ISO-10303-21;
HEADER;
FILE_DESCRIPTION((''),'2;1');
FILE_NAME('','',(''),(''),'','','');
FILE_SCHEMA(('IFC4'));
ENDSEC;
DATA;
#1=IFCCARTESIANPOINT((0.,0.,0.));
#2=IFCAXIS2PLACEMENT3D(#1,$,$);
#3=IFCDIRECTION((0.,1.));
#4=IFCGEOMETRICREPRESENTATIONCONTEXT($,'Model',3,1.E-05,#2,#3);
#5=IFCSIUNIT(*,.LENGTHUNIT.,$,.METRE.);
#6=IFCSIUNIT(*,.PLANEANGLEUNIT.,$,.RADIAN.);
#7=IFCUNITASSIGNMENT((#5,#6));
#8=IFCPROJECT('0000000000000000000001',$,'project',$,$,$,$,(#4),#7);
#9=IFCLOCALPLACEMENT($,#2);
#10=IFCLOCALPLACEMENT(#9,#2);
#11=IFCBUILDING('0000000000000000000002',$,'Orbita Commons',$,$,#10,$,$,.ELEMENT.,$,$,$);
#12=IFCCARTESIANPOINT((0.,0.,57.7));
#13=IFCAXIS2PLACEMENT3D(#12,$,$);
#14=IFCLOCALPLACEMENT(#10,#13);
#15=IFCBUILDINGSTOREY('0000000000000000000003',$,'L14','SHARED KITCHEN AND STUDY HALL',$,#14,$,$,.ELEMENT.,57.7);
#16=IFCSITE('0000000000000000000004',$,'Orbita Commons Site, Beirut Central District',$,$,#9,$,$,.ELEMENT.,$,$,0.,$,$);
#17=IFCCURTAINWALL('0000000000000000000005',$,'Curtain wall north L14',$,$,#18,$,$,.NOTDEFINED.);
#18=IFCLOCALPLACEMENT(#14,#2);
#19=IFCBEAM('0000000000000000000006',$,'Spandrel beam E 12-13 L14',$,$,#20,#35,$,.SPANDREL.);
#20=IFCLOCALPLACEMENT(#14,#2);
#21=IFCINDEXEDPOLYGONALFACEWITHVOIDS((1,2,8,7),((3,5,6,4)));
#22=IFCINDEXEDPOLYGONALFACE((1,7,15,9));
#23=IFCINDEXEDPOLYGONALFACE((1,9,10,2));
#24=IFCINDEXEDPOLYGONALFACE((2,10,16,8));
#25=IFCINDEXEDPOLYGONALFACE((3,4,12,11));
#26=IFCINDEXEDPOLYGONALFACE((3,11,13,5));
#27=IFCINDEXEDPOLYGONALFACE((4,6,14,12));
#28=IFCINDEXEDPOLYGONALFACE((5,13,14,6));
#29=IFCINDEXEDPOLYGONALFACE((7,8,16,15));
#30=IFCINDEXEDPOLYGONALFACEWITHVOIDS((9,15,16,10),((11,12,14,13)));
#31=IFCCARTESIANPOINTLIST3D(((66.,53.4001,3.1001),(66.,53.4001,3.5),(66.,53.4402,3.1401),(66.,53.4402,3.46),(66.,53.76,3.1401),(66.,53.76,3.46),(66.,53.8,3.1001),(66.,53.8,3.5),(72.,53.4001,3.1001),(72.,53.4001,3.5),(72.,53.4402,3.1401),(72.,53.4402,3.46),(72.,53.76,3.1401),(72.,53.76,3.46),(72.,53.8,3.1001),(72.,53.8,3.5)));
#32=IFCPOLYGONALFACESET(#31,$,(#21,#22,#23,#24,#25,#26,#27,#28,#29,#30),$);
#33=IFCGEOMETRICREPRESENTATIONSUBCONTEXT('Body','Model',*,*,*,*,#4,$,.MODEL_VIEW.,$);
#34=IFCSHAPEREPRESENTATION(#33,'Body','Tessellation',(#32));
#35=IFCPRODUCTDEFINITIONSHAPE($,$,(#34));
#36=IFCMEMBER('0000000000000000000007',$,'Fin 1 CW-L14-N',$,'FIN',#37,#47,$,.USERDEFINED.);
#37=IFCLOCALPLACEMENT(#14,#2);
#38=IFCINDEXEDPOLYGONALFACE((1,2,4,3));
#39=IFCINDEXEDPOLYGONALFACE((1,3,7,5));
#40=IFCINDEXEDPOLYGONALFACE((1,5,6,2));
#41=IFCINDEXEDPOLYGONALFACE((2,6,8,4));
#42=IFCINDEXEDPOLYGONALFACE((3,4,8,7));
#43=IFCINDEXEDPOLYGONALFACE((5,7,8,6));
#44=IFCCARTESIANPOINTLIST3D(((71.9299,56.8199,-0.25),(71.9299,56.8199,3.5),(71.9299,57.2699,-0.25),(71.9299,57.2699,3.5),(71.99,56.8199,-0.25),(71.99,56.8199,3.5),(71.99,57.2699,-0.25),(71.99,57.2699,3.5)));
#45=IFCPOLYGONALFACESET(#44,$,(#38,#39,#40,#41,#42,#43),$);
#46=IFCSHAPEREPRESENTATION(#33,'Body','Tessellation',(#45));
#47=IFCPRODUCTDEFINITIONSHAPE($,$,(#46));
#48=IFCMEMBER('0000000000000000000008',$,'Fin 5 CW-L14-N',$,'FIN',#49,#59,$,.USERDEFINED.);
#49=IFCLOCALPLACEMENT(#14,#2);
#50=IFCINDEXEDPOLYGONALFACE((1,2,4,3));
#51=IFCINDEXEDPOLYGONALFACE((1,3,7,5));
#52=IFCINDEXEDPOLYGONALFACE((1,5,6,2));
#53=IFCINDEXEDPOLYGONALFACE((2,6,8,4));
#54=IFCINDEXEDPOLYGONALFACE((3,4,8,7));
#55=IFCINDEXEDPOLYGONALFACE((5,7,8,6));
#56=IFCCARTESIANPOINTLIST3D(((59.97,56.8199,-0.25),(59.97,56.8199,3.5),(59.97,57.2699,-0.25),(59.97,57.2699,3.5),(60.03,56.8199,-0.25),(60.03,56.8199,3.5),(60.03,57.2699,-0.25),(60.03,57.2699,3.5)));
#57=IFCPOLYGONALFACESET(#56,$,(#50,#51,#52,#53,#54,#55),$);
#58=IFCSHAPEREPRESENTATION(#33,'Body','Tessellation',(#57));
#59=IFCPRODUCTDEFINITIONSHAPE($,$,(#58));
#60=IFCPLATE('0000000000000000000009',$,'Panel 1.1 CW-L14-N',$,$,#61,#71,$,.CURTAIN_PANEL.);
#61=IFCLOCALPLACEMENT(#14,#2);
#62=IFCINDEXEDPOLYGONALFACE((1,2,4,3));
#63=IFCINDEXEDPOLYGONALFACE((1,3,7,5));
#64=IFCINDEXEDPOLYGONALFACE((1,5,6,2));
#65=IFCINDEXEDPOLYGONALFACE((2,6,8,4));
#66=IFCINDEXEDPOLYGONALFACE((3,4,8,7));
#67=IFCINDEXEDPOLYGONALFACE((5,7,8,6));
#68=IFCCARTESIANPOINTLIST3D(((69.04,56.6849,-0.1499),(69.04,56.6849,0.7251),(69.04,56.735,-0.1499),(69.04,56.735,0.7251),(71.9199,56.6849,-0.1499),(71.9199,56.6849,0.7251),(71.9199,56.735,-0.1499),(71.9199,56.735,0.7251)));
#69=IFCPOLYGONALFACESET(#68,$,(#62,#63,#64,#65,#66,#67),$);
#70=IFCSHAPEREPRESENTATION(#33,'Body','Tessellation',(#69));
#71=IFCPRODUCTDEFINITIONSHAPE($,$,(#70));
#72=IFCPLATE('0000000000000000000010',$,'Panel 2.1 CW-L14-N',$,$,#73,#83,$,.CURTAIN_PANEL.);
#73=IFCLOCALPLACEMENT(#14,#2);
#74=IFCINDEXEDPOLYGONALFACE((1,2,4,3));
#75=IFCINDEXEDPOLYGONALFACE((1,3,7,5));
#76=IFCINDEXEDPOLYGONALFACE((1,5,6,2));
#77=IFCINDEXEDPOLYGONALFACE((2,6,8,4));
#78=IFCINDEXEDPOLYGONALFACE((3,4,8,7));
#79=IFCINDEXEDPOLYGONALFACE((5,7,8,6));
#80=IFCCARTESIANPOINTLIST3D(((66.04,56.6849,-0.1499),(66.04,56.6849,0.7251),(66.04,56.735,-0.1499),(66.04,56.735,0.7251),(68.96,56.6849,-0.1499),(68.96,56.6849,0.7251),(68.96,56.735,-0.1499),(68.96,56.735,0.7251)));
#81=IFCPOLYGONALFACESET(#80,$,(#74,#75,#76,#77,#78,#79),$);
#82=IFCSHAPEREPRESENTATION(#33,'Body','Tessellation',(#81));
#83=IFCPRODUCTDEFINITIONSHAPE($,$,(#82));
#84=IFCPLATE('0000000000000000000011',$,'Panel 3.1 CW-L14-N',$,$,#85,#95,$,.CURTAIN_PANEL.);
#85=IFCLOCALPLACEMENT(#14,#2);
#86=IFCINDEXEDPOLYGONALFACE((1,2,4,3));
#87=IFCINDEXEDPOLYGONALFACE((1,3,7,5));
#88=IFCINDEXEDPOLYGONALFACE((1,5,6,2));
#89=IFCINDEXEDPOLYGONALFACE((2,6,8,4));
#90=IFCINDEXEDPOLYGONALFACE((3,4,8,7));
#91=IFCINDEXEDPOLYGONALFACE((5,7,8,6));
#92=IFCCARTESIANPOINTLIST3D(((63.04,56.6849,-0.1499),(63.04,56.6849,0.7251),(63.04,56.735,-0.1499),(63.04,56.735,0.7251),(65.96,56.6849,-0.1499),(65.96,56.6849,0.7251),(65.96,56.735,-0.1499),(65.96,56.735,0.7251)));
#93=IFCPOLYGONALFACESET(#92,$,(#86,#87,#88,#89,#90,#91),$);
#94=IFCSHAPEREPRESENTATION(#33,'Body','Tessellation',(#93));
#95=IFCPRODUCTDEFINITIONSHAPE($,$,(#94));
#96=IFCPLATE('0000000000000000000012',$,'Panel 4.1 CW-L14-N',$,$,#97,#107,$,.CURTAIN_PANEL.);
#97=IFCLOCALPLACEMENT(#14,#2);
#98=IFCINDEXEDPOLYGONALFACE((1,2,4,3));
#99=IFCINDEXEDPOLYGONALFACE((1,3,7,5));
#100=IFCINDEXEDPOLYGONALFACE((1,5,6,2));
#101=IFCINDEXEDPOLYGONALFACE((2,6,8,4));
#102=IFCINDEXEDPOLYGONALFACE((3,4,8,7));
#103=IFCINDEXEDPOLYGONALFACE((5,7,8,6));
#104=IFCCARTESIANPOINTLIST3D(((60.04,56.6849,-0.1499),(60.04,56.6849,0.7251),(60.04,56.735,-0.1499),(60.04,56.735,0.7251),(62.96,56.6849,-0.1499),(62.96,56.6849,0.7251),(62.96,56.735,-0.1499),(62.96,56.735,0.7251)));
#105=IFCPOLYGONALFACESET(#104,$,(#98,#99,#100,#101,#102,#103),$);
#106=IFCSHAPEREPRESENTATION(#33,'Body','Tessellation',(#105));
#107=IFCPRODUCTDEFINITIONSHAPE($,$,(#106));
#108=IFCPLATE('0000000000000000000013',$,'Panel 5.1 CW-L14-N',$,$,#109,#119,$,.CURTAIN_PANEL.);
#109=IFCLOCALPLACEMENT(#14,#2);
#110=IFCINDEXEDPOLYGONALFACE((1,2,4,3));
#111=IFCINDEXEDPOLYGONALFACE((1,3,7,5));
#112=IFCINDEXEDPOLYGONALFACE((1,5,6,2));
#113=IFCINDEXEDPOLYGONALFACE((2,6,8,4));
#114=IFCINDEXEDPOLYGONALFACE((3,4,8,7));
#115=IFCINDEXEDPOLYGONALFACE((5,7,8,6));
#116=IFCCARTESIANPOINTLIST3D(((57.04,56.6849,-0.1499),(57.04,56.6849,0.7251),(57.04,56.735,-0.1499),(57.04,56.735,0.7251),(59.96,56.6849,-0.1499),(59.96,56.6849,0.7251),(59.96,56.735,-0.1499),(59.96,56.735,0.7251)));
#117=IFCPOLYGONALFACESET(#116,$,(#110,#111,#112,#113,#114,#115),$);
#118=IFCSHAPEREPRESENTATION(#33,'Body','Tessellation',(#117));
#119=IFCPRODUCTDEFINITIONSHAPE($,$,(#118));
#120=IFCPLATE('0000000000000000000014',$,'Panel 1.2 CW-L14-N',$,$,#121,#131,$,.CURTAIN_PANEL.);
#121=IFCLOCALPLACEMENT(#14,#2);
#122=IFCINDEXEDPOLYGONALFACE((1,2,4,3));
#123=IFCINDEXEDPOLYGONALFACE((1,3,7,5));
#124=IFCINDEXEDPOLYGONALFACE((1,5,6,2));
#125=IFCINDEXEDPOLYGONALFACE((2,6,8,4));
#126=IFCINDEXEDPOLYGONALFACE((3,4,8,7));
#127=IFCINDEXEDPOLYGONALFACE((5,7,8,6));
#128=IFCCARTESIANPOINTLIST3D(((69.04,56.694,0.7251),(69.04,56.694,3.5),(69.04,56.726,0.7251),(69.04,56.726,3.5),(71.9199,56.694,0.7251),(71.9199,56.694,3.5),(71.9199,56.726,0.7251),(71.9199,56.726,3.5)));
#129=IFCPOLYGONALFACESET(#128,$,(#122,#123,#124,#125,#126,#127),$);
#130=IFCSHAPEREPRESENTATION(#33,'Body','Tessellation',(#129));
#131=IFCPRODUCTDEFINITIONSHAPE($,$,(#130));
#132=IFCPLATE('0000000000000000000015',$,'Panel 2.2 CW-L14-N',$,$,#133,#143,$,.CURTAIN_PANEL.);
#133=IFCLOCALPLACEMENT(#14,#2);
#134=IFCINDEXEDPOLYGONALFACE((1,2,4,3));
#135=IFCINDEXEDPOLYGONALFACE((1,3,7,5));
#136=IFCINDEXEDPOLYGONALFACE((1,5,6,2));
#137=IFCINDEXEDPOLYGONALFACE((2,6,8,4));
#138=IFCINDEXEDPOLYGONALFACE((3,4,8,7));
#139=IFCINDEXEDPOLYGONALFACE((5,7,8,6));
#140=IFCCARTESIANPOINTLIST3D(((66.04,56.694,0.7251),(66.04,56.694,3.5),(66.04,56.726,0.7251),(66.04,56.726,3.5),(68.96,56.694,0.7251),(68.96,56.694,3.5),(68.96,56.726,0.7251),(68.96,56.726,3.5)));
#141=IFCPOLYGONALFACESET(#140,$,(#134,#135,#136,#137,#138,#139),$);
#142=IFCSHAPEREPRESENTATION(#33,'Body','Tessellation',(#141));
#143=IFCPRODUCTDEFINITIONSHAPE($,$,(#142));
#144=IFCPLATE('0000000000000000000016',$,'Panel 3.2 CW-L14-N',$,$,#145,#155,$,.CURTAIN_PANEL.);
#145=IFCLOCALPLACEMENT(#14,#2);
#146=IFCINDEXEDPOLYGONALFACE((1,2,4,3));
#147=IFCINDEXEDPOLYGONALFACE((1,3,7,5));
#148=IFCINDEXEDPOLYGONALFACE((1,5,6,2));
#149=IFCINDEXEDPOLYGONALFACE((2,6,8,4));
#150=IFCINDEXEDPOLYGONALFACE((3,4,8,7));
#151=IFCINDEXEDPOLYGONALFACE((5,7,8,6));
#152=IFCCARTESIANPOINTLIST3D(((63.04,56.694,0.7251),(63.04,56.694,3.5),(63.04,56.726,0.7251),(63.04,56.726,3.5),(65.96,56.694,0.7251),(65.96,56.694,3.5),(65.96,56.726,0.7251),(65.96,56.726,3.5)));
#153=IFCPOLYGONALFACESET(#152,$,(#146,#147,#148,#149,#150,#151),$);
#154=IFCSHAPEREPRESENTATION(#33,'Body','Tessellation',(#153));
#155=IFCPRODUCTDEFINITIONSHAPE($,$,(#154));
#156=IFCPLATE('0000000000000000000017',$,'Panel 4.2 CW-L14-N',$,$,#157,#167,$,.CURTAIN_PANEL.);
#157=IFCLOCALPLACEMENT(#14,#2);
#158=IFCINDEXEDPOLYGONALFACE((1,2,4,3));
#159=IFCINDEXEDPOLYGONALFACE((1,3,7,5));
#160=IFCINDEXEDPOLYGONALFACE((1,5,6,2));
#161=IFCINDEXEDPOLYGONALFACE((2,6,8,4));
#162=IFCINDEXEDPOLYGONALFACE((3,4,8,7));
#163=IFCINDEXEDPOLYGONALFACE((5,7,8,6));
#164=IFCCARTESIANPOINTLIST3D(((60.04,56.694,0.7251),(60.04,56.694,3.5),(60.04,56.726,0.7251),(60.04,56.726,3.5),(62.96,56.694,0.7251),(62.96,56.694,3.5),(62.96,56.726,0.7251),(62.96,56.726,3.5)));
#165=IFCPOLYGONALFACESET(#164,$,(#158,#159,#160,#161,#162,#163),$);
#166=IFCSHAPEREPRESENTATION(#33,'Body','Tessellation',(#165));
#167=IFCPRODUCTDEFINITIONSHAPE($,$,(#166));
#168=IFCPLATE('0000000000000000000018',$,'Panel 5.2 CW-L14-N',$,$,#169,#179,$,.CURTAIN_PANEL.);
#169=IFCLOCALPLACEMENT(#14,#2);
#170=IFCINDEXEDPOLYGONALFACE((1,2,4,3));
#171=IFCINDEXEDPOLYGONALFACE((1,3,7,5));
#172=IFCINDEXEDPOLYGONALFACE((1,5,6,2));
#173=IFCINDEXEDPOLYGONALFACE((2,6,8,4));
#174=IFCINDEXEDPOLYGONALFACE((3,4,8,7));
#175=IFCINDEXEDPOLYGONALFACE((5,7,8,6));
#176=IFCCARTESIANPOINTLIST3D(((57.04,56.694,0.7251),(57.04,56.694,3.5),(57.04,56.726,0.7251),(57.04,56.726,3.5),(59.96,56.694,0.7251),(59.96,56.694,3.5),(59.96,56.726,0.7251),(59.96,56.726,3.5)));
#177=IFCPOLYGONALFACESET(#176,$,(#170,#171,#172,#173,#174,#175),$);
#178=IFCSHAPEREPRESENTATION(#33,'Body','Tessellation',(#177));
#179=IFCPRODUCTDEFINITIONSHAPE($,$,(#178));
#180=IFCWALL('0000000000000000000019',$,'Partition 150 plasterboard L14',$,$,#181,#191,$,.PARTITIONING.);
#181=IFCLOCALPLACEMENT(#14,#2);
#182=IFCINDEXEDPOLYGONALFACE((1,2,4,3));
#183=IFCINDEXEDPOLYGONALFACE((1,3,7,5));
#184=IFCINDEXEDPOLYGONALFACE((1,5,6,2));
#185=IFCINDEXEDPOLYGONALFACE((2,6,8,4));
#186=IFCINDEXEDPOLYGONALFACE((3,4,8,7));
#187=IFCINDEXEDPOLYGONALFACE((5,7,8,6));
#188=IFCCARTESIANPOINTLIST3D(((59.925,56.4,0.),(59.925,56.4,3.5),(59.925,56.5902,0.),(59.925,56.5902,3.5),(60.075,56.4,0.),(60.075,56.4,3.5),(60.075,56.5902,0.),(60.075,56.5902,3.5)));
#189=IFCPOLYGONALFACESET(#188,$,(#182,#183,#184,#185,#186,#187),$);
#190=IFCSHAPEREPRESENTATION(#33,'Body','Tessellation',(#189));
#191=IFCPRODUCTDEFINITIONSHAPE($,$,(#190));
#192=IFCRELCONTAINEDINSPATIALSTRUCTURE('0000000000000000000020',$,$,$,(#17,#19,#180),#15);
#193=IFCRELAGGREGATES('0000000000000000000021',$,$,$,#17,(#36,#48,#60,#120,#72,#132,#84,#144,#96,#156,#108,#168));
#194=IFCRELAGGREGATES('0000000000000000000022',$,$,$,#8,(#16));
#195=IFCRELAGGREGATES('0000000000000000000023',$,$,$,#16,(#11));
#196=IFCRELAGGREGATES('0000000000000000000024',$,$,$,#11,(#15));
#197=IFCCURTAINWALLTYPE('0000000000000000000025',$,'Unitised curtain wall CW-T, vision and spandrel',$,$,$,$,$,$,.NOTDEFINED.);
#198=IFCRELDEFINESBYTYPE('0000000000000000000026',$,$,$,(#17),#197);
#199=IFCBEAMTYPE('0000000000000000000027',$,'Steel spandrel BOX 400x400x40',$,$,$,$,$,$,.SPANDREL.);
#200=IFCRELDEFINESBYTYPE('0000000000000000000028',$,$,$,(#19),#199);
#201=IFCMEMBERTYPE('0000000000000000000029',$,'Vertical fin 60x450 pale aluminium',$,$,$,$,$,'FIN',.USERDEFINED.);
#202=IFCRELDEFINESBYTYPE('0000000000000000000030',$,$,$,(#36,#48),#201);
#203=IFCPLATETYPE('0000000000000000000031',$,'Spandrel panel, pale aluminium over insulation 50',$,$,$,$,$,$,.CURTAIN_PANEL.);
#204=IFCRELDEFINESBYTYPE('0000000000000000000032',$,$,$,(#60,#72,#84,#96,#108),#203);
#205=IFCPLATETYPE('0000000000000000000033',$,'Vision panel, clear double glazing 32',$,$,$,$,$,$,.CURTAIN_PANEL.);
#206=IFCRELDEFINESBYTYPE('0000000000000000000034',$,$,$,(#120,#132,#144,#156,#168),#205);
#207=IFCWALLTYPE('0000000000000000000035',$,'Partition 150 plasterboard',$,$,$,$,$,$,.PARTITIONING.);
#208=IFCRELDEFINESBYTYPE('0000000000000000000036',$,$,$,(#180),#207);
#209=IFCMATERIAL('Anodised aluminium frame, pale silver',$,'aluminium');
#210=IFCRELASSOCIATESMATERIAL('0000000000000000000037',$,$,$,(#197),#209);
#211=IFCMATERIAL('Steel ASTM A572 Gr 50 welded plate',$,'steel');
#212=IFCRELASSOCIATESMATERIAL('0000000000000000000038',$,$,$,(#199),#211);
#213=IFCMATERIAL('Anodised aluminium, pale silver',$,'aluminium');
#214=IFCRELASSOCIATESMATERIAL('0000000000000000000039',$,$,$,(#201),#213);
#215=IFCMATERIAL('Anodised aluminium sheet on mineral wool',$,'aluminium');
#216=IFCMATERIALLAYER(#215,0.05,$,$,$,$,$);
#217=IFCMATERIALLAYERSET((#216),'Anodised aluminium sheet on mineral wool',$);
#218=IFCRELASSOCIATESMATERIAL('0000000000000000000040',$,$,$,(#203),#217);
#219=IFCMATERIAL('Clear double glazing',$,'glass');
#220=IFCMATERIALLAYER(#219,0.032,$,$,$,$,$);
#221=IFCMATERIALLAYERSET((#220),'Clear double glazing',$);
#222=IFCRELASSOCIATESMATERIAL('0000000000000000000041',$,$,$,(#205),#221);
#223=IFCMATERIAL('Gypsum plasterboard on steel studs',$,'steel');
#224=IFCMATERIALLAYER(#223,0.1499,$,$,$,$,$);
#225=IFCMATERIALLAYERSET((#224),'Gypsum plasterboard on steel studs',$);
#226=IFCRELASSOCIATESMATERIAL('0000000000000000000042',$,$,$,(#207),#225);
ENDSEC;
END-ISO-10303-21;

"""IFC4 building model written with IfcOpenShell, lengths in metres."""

from ifc_helpers import new_model, si_unit, direction, frame, frame_2d, origin, origin_2d, place, context, subcontext, project, spatial, rectangle, hollow_rectangle, extrude, material, layer, layer_set, material_profile, profile_set, type_object, element, aggregate, save


model = new_model("IFC4")

# Units and contexts
model_context = context("Model", 3, precision=1e-05, world=origin(), true_north=direction((0.0, 1.0)))
body_context = subcontext(model_context, "Body", "Model", "MODEL_VIEW")
ifc_project = project(units=[si_unit("LENGTHUNIT", "METRE"), si_unit("PLANEANGLEUNIT", "RADIAN")], contexts=[model_context])

# Site, building, storey
site_placement = place(None, origin())
site = spatial("IfcSite", under=ifc_project, at=site_placement, Name="Orbita Commons Site, Beirut Central District", CompositionType="ELEMENT", RefElevation=0.0)
building_placement = place(site_placement, origin())
building = spatial("IfcBuilding", under=site, at=building_placement, Name="Orbita Commons", CompositionType="ELEMENT")
storey_placement = place(building_placement, frame((0.0, 0.0, 57.7)))
storey = spatial("IfcBuildingStorey", under=building, at=storey_placement, Name="L14", Description="SHARED KITCHEN AND STUDY HALL", CompositionType="ELEMENT", Elevation=57.7)

# Curtain wall
ifc_material_1 = material(Name="Anodised aluminium frame, pale silver", Category="aluminium")
curtain_wall_type = type_object("IfcCurtainWallType", Name="Unitised curtain wall CW-T, vision and spandrel", PredefinedType="NOTDEFINED", material=ifc_material_1)
curtain_wall_placement = place(storey_placement, origin())
curtain_wall = element("IfcCurtainWall", 1, at=curtain_wall_placement, inside=storey, type_object=curtain_wall_type, Name="Curtain wall north L14", PredefinedType="NOTDEFINED")

# Beam
ifc_material_2 = material(Name="Steel ASTM A572 Gr 50 welded plate", Category="steel")
ifc_material_profile_1 = material_profile(ifc_material_2, hollow_rectangle(XDim=0.3999, YDim=0.3999, WallThickness=0.04, at=origin_2d()), Name="BOX 400x400x40")
ifc_profile_set_1 = profile_set([ifc_material_profile_1], Name="Steel ASTM A572 Gr 50 welded plate")
beam_type = type_object("IfcBeamType", Name="Steel spandrel BOX 400x400x40", PredefinedType="SPANDREL", material=ifc_profile_set_1)
beam_placement = place(storey_placement, frame((66.0, 53.6001, 3.3), z_axis=(1.0, 0.0, 0.0), x_axis=(0.0, 1.0, 0.0)))
element("IfcBeam", 2, at=beam_placement, inside=storey, type_object=beam_type, Name="Spandrel beam E 12-13 L14", PredefinedType="SPANDREL", context=body_context, shape_type="SweptSolid", body=[
    extrude(hollow_rectangle(XDim=0.3999, YDim=0.3999, WallThickness=0.04, at=origin_2d()), origin(), (0.0, 0.0, 1.0), 6.0),
])

# Members
ifc_material_3 = material(Name="Anodised aluminium, pale silver", Category="aluminium")
ifc_material_profile_2 = material_profile(ifc_material_3, rectangle(XDim=0.0601, YDim=0.45, at=origin_2d()), Name="FIN 60x450")
ifc_profile_set_2 = profile_set([ifc_material_profile_2], Name="Anodised aluminium, pale silver")
member_type_1 = type_object("IfcMemberType", Name="Vertical fin 60x450 pale aluminium", ElementType="FIN", PredefinedType="USERDEFINED", material=ifc_profile_set_2)
member_1_placement = place(storey_placement, frame((71.96, 57.0449, -0.25), z_axis=(0.0, 0.0, 1.0), x_axis=(-1.0, 0.0, 0.0)))
member_1 = element("IfcMember", 3, at=member_1_placement, type_object=member_type_1, Name="Fin 1 CW-L14-N", ObjectType="FIN", PredefinedType="USERDEFINED", context=body_context, shape_type="SweptSolid", body=[
    extrude(rectangle(XDim=0.0601, YDim=0.45, at=origin_2d()), origin(), (0.0, 0.0, 1.0), 3.75),
])
member_2_placement = place(storey_placement, frame((60.0, 57.0449, -0.25), z_axis=(0.0, 0.0, 1.0), x_axis=(-1.0, 0.0, 0.0)))
member_2 = element("IfcMember", 4, at=member_2_placement, type_object=member_type_1, Name="Fin 5 CW-L14-N", ObjectType="FIN", PredefinedType="USERDEFINED", context=body_context, shape_type="SweptSolid", body=[
    extrude(rectangle(XDim=0.0601, YDim=0.45, at=origin_2d()), origin(), (0.0, 0.0, 1.0), 3.75),
])

# Plates
ifc_material_4 = material(Name="Anodised aluminium sheet on mineral wool", Category="aluminium")
ifc_layer_1 = layer(ifc_material_4, 0.05)
ifc_layer_set_1 = layer_set([ifc_layer_1], Name="Anodised aluminium sheet on mineral wool")
plate_type_1 = type_object("IfcPlateType", Name="Spandrel panel, pale aluminium over insulation 50", PredefinedType="CURTAIN_PANEL", material=ifc_layer_set_1)
plate_1_placement = place(storey_placement, frame((70.48, 56.71, -0.1499), z_axis=(0.0, 0.0, 1.0), x_axis=(-1.0, 0.0, 0.0)))
plate_1 = element("IfcPlate", 5, at=plate_1_placement, type_object=plate_type_1, Name="Panel 1.1 CW-L14-N", PredefinedType="CURTAIN_PANEL", context=body_context, shape_type="SweptSolid", body=[
    extrude(rectangle(XDim=2.8799, YDim=0.05, at=origin_2d()), origin(), (0.0, 0.0, 1.0), 0.875),
])
plate_2_placement = place(storey_placement, frame((67.5, 56.71, -0.1499), z_axis=(0.0, 0.0, 1.0), x_axis=(-1.0, 0.0, 0.0)))
plate_2 = element("IfcPlate", 6, at=plate_2_placement, type_object=plate_type_1, Name="Panel 2.1 CW-L14-N", PredefinedType="CURTAIN_PANEL", context=body_context, shape_type="SweptSolid", body=[
    extrude(rectangle(XDim=2.9199, YDim=0.05, at=origin_2d()), origin(), (0.0, 0.0, 1.0), 0.875),
])
plate_3_placement = place(storey_placement, frame((64.5, 56.71, -0.1499), z_axis=(0.0, 0.0, 1.0), x_axis=(-1.0, 0.0, 0.0)))
plate_3 = element("IfcPlate", 7, at=plate_3_placement, type_object=plate_type_1, Name="Panel 3.1 CW-L14-N", PredefinedType="CURTAIN_PANEL", context=body_context, shape_type="SweptSolid", body=[
    extrude(rectangle(XDim=2.9199, YDim=0.05, at=origin_2d()), origin(), (0.0, 0.0, 1.0), 0.875),
])
plate_4_placement = place(storey_placement, frame((61.5, 56.71, -0.1499), z_axis=(0.0, 0.0, 1.0), x_axis=(-1.0, 0.0, 0.0)))
plate_4 = element("IfcPlate", 8, at=plate_4_placement, type_object=plate_type_1, Name="Panel 4.1 CW-L14-N", PredefinedType="CURTAIN_PANEL", context=body_context, shape_type="SweptSolid", body=[
    extrude(rectangle(XDim=2.9199, YDim=0.05, at=origin_2d()), origin(), (0.0, 0.0, 1.0), 0.875),
])
plate_5_placement = place(storey_placement, frame((58.5, 56.71, -0.1499), z_axis=(0.0, 0.0, 1.0), x_axis=(-1.0, 0.0, 0.0)))
plate_5 = element("IfcPlate", 9, at=plate_5_placement, type_object=plate_type_1, Name="Panel 5.1 CW-L14-N", PredefinedType="CURTAIN_PANEL", context=body_context, shape_type="SweptSolid", body=[
    extrude(rectangle(XDim=2.9199, YDim=0.05, at=origin_2d()), origin(), (0.0, 0.0, 1.0), 0.875),
])
ifc_material_5 = material(Name="Clear double glazing", Category="glass")
ifc_layer_2 = layer(ifc_material_5, 0.032)
ifc_layer_set_2 = layer_set([ifc_layer_2], Name="Clear double glazing")
plate_type_2 = type_object("IfcPlateType", Name="Vision panel, clear double glazing 32", PredefinedType="CURTAIN_PANEL", material=ifc_layer_set_2)
plate_6_placement = place(storey_placement, frame((70.48, 56.71, 0.7251), z_axis=(0.0, 0.0, 1.0), x_axis=(-1.0, 0.0, 0.0)))
plate_6 = element("IfcPlate", 10, at=plate_6_placement, type_object=plate_type_2, Name="Panel 1.2 CW-L14-N", PredefinedType="CURTAIN_PANEL", context=body_context, shape_type="SweptSolid", body=[
    extrude(rectangle(XDim=2.8799, YDim=0.032, at=origin_2d()), origin(), (0.0, 0.0, 1.0), 2.7749),
])
plate_7_placement = place(storey_placement, frame((67.5, 56.71, 0.7251), z_axis=(0.0, 0.0, 1.0), x_axis=(-1.0, 0.0, 0.0)))
plate_7 = element("IfcPlate", 11, at=plate_7_placement, type_object=plate_type_2, Name="Panel 2.2 CW-L14-N", PredefinedType="CURTAIN_PANEL", context=body_context, shape_type="SweptSolid", body=[
    extrude(rectangle(XDim=2.9199, YDim=0.032, at=origin_2d()), origin(), (0.0, 0.0, 1.0), 2.7749),
])
plate_8_placement = place(storey_placement, frame((64.5, 56.71, 0.7251), z_axis=(0.0, 0.0, 1.0), x_axis=(-1.0, 0.0, 0.0)))
plate_8 = element("IfcPlate", 12, at=plate_8_placement, type_object=plate_type_2, Name="Panel 3.2 CW-L14-N", PredefinedType="CURTAIN_PANEL", context=body_context, shape_type="SweptSolid", body=[
    extrude(rectangle(XDim=2.9199, YDim=0.032, at=origin_2d()), origin(), (0.0, 0.0, 1.0), 2.7749),
])
plate_9_placement = place(storey_placement, frame((61.5, 56.71, 0.7251), z_axis=(0.0, 0.0, 1.0), x_axis=(-1.0, 0.0, 0.0)))
plate_9 = element("IfcPlate", 13, at=plate_9_placement, type_object=plate_type_2, Name="Panel 4.2 CW-L14-N", PredefinedType="CURTAIN_PANEL", context=body_context, shape_type="SweptSolid", body=[
    extrude(rectangle(XDim=2.9199, YDim=0.032, at=origin_2d()), origin(), (0.0, 0.0, 1.0), 2.7749),
])
plate_10_placement = place(storey_placement, frame((58.5, 56.71, 0.7251), z_axis=(0.0, 0.0, 1.0), x_axis=(-1.0, 0.0, 0.0)))
plate_10 = element("IfcPlate", 14, at=plate_10_placement, type_object=plate_type_2, Name="Panel 5.2 CW-L14-N", PredefinedType="CURTAIN_PANEL", context=body_context, shape_type="SweptSolid", body=[
    extrude(rectangle(XDim=2.9199, YDim=0.032, at=origin_2d()), origin(), (0.0, 0.0, 1.0), 2.7749),
])
aggregate(curtain_wall, [member_1, member_2, plate_1, plate_6, plate_2, plate_7, plate_3, plate_8, plate_4, plate_9, plate_5, plate_10])

# Wall
ifc_material_6 = material(Name="Gypsum plasterboard on steel studs", Category="steel")
ifc_layer_3 = layer(ifc_material_6, 0.1499)
ifc_layer_set_3 = layer_set([ifc_layer_3], Name="Gypsum plasterboard on steel studs")
wall_type_1 = type_object("IfcWallType", Name="Partition 150 plasterboard", PredefinedType="PARTITIONING", material=ifc_layer_set_3)
for number, where, z_axis, x_axis, name in (
    (15, (60.0, 56.3999, 0.0), (0.0, 0.0, 1.0), (0.0, 1.0, 0.0), "Partition 150 plasterboard L14"),
):
    element("IfcWall", number, at=place(storey_placement, frame(where, z_axis=z_axis, x_axis=x_axis)), inside=storey, type_object=wall_type_1, Name=name, PredefinedType="PARTITIONING", context=body_context, shape_type="SweptSolid", body=[
        extrude(rectangle(XDim=0.1902, YDim=0.1499, at=frame_2d((0.0952, 0.0))), origin(), (0.0, 0.0, 1.0), 3.5),
    ])

save(model, "model.ifc")
